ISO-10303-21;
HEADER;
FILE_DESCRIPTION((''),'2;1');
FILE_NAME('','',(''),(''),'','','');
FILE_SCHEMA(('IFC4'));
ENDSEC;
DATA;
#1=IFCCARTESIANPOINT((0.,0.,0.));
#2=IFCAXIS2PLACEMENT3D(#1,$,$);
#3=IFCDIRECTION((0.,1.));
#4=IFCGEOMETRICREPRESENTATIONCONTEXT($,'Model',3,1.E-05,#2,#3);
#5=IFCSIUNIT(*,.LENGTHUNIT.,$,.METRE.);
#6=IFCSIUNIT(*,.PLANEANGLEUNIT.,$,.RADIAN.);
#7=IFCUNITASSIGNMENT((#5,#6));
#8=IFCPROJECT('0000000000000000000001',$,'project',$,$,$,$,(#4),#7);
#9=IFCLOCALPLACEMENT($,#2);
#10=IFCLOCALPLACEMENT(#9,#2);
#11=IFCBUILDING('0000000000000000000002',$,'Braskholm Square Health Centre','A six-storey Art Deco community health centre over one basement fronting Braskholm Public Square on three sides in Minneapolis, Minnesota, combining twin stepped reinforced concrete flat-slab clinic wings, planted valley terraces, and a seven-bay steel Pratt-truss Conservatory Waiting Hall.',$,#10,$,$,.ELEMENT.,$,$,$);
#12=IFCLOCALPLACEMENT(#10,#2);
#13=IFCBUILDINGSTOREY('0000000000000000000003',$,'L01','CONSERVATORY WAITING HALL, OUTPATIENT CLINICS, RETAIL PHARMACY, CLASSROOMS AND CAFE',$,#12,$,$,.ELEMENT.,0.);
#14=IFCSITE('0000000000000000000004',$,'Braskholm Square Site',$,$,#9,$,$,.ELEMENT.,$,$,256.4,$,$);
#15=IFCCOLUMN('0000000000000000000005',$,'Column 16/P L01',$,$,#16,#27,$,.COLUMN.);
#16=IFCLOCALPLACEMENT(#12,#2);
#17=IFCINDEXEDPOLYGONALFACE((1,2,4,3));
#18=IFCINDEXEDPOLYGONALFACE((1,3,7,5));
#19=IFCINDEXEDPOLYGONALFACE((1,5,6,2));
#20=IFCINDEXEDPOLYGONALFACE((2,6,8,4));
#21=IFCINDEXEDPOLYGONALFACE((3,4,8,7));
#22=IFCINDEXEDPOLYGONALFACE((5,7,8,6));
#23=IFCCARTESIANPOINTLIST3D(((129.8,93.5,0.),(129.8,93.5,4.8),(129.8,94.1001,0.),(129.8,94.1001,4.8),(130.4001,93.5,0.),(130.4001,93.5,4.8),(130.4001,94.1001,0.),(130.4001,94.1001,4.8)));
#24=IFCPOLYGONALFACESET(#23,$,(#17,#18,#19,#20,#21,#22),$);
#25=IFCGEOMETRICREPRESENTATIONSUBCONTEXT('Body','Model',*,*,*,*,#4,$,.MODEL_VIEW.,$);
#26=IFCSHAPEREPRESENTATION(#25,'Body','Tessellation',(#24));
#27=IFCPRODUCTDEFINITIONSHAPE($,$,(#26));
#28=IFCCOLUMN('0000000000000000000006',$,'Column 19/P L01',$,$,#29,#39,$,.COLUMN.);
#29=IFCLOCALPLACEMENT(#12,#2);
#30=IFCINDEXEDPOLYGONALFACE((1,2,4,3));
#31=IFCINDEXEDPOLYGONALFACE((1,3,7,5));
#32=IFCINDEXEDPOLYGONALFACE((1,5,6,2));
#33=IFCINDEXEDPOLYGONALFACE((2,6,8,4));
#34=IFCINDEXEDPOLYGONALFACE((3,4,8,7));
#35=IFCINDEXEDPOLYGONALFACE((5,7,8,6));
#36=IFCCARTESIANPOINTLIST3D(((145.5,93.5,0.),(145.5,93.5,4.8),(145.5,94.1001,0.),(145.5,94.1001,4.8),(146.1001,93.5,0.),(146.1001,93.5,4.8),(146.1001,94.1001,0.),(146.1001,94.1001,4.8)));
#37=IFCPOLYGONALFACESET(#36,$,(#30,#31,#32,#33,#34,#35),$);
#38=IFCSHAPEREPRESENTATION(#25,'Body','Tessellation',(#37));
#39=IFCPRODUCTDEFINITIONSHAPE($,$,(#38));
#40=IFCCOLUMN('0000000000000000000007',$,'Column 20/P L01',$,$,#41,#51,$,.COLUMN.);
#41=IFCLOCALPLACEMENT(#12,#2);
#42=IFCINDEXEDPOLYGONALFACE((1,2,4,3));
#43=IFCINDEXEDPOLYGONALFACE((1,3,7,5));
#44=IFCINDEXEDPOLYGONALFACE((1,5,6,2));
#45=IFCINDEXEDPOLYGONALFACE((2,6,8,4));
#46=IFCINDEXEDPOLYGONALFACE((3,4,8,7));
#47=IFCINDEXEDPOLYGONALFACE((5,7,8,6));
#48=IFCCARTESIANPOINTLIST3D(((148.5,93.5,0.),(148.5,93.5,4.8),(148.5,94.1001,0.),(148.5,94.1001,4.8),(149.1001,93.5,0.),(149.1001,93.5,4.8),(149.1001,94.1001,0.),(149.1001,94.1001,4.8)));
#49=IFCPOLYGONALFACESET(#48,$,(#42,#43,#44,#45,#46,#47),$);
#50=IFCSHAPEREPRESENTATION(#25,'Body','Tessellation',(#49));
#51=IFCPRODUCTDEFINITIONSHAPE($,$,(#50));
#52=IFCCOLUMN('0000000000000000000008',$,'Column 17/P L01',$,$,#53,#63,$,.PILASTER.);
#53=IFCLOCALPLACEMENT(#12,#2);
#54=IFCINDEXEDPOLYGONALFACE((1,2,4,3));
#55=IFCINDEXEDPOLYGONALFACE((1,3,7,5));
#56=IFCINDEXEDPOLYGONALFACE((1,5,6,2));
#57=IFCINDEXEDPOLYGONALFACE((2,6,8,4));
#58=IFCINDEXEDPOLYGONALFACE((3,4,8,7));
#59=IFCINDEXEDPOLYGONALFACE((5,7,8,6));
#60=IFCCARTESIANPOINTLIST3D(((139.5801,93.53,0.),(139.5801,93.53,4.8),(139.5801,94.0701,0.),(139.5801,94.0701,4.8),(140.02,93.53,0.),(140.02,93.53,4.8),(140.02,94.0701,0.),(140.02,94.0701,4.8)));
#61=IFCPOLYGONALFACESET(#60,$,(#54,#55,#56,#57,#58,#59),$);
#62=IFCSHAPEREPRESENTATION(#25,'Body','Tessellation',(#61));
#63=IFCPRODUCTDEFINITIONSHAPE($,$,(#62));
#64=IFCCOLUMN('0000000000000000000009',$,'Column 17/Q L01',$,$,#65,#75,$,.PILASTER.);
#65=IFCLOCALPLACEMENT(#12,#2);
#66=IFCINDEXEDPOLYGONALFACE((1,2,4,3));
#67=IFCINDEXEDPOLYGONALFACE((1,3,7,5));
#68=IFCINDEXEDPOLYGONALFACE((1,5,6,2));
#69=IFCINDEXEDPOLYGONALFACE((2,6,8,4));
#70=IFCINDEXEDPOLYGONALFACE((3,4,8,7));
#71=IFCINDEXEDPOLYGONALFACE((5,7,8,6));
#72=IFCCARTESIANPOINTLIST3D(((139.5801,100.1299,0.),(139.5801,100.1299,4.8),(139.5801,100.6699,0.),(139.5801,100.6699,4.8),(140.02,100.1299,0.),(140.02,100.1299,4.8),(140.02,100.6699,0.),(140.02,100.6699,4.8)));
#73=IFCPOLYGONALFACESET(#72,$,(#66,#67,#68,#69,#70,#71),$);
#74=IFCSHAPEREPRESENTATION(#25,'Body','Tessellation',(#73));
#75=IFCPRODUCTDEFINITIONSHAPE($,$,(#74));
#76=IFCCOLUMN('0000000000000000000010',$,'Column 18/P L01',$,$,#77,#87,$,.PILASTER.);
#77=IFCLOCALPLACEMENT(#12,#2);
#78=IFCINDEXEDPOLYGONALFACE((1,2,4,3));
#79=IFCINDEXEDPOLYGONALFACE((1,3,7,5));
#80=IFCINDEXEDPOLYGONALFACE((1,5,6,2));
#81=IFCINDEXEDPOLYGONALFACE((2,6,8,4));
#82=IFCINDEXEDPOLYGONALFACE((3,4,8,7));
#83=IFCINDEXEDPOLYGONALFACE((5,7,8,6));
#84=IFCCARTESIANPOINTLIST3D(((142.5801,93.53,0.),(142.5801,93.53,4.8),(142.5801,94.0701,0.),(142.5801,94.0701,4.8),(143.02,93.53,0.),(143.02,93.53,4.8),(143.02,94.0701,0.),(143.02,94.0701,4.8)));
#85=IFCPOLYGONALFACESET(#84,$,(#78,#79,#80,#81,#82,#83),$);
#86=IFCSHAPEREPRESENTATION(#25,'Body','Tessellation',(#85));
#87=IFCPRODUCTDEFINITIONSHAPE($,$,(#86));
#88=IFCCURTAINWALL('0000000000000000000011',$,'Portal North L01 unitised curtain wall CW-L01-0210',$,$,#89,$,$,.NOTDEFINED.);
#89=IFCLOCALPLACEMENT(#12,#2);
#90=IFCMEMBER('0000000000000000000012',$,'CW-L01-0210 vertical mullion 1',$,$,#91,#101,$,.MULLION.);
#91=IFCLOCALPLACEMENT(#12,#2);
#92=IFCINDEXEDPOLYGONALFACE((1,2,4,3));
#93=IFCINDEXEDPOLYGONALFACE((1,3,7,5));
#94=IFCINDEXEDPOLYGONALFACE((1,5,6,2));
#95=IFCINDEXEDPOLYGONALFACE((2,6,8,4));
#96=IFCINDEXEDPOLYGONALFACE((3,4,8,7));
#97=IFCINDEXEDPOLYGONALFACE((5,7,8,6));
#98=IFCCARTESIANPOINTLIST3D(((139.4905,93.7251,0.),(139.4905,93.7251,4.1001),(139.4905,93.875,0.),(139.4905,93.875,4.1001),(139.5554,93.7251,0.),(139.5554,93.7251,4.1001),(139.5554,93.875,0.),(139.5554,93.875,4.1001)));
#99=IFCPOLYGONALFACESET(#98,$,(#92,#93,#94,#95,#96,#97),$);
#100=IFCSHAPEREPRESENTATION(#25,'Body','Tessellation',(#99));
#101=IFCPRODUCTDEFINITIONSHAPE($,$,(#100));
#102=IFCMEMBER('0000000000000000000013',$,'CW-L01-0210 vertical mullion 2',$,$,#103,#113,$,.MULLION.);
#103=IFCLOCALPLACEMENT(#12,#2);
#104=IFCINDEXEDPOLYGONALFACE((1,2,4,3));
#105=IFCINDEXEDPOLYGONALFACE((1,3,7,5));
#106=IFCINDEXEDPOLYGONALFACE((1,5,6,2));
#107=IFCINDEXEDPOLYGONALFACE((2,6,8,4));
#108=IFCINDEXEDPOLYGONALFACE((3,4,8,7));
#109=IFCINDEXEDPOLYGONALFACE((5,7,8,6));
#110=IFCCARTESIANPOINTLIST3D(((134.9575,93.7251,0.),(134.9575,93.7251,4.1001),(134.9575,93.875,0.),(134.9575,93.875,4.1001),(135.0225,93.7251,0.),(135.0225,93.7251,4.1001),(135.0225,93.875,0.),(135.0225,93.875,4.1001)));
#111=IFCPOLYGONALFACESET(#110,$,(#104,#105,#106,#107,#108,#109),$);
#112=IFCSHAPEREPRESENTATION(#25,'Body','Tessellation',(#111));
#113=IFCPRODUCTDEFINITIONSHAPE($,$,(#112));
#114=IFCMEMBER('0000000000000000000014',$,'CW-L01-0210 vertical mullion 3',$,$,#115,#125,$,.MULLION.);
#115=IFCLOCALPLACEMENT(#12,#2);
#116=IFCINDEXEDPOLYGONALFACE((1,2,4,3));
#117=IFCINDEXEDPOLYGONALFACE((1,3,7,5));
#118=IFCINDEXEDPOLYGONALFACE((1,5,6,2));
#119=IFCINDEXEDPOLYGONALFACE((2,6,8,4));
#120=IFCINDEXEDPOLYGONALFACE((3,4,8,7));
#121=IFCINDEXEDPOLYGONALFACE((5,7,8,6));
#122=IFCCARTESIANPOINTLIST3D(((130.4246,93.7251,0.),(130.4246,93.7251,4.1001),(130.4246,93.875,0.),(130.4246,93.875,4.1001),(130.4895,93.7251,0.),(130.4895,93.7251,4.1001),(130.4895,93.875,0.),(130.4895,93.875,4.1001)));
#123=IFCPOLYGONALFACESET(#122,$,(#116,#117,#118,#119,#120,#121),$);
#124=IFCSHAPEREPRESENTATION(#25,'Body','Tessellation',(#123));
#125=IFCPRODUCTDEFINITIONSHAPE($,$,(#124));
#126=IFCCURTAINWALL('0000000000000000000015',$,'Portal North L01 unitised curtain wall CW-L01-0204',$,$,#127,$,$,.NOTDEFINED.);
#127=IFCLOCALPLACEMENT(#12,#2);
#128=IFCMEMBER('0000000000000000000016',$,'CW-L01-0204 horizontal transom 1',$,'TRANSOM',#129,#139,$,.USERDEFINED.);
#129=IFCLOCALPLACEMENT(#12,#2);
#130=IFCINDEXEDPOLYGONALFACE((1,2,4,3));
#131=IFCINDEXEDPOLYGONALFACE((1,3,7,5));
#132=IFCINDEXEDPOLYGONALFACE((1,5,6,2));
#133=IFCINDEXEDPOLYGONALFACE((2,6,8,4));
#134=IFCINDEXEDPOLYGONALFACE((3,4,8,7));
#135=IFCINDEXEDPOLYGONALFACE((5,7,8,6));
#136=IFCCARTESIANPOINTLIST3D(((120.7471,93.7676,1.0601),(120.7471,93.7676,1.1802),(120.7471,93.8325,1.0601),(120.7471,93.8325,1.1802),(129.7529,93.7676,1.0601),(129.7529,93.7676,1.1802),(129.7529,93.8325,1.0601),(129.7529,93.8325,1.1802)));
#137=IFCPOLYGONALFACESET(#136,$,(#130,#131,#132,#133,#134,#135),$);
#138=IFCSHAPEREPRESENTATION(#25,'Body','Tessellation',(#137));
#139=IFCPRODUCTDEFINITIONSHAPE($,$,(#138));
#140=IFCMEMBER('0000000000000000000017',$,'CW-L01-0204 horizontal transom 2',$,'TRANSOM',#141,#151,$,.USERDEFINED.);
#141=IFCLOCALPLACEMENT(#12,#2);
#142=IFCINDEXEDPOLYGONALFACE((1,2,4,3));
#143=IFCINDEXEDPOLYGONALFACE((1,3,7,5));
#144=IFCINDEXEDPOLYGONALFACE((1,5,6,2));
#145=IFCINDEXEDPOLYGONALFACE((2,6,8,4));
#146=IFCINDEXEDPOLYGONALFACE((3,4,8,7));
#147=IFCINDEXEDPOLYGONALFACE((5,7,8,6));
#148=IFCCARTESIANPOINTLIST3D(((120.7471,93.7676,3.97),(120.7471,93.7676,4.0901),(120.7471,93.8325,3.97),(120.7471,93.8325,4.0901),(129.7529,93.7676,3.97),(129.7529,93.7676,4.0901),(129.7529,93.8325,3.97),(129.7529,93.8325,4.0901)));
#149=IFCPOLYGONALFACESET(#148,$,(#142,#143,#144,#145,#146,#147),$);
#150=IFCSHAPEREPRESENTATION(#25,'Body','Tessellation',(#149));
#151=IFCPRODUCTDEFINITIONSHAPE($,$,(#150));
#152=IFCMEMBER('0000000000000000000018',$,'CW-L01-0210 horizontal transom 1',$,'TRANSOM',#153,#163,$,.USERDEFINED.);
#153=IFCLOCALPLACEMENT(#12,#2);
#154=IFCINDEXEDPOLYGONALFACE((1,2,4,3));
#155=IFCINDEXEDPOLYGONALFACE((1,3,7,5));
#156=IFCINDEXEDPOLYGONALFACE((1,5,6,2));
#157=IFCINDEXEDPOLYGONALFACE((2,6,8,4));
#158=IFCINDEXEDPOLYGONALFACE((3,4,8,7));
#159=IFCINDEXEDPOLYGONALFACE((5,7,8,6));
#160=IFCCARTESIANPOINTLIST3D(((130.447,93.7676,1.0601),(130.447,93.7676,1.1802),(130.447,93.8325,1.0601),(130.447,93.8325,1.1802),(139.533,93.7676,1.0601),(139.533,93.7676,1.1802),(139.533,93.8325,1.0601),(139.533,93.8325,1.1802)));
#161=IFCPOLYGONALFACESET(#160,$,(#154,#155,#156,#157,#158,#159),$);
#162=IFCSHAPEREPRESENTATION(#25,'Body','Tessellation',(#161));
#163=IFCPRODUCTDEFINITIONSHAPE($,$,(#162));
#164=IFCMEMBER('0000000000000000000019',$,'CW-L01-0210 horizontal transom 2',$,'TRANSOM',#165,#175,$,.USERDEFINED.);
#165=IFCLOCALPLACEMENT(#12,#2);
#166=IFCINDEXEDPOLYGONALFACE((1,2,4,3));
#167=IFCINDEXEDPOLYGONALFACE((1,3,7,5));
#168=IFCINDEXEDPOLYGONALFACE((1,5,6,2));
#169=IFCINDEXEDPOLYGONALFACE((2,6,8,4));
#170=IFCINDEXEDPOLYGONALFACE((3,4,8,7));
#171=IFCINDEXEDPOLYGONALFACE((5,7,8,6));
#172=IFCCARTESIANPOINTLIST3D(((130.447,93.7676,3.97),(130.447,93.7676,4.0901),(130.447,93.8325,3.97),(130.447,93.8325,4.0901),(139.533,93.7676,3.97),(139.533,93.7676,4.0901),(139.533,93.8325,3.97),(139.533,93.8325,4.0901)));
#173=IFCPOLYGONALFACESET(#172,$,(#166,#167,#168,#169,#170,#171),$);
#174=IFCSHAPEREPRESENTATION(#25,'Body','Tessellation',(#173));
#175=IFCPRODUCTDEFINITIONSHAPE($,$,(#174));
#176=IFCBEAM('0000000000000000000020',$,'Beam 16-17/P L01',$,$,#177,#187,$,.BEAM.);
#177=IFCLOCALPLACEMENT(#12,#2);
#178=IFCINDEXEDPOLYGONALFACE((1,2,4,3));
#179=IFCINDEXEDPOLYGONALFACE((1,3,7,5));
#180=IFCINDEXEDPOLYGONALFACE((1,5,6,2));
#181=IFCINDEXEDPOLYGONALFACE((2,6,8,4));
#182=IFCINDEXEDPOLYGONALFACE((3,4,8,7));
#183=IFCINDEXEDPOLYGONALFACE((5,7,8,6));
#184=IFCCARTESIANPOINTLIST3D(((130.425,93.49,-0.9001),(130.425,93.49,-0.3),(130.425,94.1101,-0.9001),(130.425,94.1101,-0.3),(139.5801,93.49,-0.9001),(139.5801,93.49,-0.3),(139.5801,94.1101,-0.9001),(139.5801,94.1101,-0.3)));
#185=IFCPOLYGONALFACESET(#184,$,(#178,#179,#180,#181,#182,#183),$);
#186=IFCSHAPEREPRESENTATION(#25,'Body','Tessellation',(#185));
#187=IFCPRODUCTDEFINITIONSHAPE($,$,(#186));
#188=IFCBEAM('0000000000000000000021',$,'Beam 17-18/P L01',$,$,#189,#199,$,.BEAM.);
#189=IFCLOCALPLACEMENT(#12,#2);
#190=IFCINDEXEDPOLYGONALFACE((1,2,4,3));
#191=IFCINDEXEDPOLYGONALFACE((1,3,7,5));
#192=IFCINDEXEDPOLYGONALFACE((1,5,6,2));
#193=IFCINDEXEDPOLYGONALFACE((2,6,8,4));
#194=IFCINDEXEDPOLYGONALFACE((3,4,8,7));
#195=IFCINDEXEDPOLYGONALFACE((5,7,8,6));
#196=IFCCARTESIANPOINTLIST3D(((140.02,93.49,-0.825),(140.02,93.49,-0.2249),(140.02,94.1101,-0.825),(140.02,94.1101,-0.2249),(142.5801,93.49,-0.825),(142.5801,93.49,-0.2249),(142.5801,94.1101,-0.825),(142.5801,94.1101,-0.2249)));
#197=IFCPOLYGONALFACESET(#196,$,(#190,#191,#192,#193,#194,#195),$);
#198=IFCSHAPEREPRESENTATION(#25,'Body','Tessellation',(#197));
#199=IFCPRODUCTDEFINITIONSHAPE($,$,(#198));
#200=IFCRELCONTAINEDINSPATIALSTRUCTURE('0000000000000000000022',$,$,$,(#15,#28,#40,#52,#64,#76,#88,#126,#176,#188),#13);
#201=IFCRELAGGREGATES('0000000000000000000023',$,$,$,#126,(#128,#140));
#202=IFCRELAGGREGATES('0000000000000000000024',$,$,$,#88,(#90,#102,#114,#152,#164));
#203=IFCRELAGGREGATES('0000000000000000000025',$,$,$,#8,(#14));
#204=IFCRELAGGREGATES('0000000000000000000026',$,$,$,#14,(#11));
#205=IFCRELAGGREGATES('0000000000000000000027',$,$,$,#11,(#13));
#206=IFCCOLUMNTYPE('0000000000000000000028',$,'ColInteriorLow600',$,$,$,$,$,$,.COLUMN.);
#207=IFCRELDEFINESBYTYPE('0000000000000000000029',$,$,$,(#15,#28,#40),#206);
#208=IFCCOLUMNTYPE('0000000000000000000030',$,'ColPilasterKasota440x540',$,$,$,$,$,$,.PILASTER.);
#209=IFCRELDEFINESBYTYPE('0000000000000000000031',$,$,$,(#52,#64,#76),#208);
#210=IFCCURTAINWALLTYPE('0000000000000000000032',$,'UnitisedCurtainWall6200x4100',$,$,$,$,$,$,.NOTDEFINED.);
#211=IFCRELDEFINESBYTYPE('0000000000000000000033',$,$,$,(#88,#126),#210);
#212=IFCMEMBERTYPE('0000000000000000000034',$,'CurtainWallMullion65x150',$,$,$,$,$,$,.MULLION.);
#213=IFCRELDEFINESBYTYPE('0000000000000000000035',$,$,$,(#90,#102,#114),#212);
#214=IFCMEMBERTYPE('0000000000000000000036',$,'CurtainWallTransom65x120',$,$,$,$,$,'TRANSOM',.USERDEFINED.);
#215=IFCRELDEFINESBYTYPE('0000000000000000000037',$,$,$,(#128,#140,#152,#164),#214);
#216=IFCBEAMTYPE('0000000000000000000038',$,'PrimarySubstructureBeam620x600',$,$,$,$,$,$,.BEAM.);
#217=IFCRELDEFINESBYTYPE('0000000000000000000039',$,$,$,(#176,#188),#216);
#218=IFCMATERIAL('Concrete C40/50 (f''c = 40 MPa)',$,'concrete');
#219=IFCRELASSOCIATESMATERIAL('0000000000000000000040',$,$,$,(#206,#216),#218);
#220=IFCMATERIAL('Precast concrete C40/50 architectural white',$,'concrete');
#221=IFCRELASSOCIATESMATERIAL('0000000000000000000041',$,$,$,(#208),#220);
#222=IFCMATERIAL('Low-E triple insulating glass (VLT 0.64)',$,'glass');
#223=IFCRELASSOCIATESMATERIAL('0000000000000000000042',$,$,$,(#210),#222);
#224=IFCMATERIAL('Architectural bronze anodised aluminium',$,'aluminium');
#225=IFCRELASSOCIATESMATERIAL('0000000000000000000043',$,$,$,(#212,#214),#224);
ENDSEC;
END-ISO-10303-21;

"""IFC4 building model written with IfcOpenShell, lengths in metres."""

from ifc_helpers import new_model, si_unit, direction, frame, origin, origin_2d, place, context, subcontext, project, spatial, rectangle, extrude, material, material_profile, profile_set, type_object, element, aggregate, save


model = new_model("IFC4")

# Units and contexts
model_context = context("Model", 3, precision=1e-05, world=origin(), true_north=direction((0.0, 1.0)))
body_context = subcontext(model_context, "Body", "Model", "MODEL_VIEW")
ifc_project = project(units=[si_unit("LENGTHUNIT", "METRE"), si_unit("PLANEANGLEUNIT", "RADIAN")], contexts=[model_context])

# Site, building, storey
site_placement = place(None, origin())
site = spatial("IfcSite", under=ifc_project, at=site_placement, Name="Braskholm Square Site", CompositionType="ELEMENT", RefElevation=256.4)
building_placement = place(site_placement, origin())
building = spatial("IfcBuilding", under=site, at=building_placement, Name="Braskholm Square Health Centre", Description="A six-storey Art Deco community health centre over one basement fronting Braskholm Public Square on three sides in Minneapolis, Minnesota, combining twin stepped reinforced concrete flat-slab clinic wings, planted valley terraces, and a seven-bay steel Pratt-truss Conservatory Waiting Hall.", CompositionType="ELEMENT")
storey_placement = place(building_placement, origin())
storey = spatial("IfcBuildingStorey", under=building, at=storey_placement, Name="L01", Description="CONSERVATORY WAITING HALL, OUTPATIENT CLINICS, RETAIL PHARMACY, CLASSROOMS AND CAFE", CompositionType="ELEMENT", Elevation=0.0)

# Columns
ifc_material_1 = material(Name="Concrete C40/50 (f'c = 40 MPa)", Category="concrete")
ifc_material_profile_1 = material_profile(ifc_material_1, rectangle(XDim=0.6001, YDim=0.6001, at=origin_2d()), Name="RC-600X600")
ifc_profile_set_1 = profile_set([ifc_material_profile_1], Name="Concrete C40/50 (f'c = 40 MPa)")
column_type_1 = type_object("IfcColumnType", Name="ColInteriorLow600", PredefinedType="COLUMN", material=ifc_profile_set_1)
for number, where, z_axis, x_axis, name in (
    (1, (130.1001, 93.8, 0.0), (0.0, 0.0, 1.0), (1.0, 0.0, 0.0), "Column 16/P L01"),
    (2, (145.8, 93.8, 0.0), (0.0, 0.0, 1.0), (1.0, 0.0, 0.0), "Column 19/P L01"),
    (3, (148.8, 93.8, 0.0), (0.0, 0.0, 1.0), (1.0, 0.0, 0.0), "Column 20/P L01"),
):
    element("IfcColumn", number, at=place(storey_placement, frame(where, z_axis=z_axis, x_axis=x_axis)), inside=storey, type_object=column_type_1, Name=name, PredefinedType="COLUMN", context=body_context, shape_type="SweptSolid", body=[
        extrude(rectangle(XDim=0.6001, YDim=0.6001, at=origin_2d()), origin(), (0.0, 0.0, 1.0), 4.8),
    ])
ifc_material_2 = material(Name="Precast concrete C40/50 architectural white", Category="concrete")
ifc_material_profile_2 = material_profile(ifc_material_2, rectangle(XDim=0.4399, YDim=0.54, at=origin_2d()), Name="RC-440X540")
ifc_profile_set_2 = profile_set([ifc_material_profile_2], Name="Precast concrete C40/50 architectural white")
column_type_2 = type_object("IfcColumnType", Name="ColPilasterKasota440x540", PredefinedType="PILASTER", material=ifc_profile_set_2)
for number, where, z_axis, x_axis, name in (
    (4, (139.8, 93.8, 0.0), (0.0, 0.0, 1.0), (1.0, 0.0, 0.0), "Column 17/P L01"),
    (5, (139.8, 100.3999, 0.0), (0.0, 0.0, 1.0), (1.0, 0.0, 0.0), "Column 17/Q L01"),
    (6, (142.8, 93.8, 0.0), (0.0, 0.0, 1.0), (1.0, 0.0, 0.0), "Column 18/P L01"),
):
    element("IfcColumn", number, at=place(storey_placement, frame(where, z_axis=z_axis, x_axis=x_axis)), inside=storey, type_object=column_type_2, Name=name, PredefinedType="PILASTER", context=body_context, shape_type="SweptSolid", body=[
        extrude(rectangle(XDim=0.4399, YDim=0.54, at=origin_2d()), origin(), (0.0, 0.0, 1.0), 4.8),
    ])

# Curtain walls, members
ifc_material_3 = material(Name="Low-E triple insulating glass (VLT 0.64)", Category="glass")
curtain_wall_type = type_object("IfcCurtainWallType", Name="UnitisedCurtainWall6200x4100", PredefinedType="NOTDEFINED", material=ifc_material_3)
curtain_wall_1_placement = place(storey_placement, origin())
curtain_wall_1 = element("IfcCurtainWall", 7, at=curtain_wall_1_placement, inside=storey, type_object=curtain_wall_type, Name="Portal North L01 unitised curtain wall CW-L01-0210", PredefinedType="NOTDEFINED")
ifc_material_4 = material(Name="Architectural bronze anodised aluminium", Category="aluminium")
ifc_material_profile_3 = material_profile(ifc_material_4, rectangle(XDim=0.0649, YDim=0.1499, at=origin_2d()), Name="ALU-65X150")
ifc_profile_set_3 = profile_set([ifc_material_profile_3], Name="Architectural bronze anodised aluminium")
member_type_1 = type_object("IfcMemberType", Name="CurtainWallMullion65x150", PredefinedType="MULLION", material=ifc_profile_set_3)
member_1_placement = place(storey_placement, frame((139.5229, 93.8, 0.0), z_axis=(0.0, 0.0, 1.0), x_axis=(1.0, 0.0, 0.0)))
member_1 = element("IfcMember", 8, at=member_1_placement, type_object=member_type_1, Name="CW-L01-0210 vertical mullion 1", PredefinedType="MULLION", context=body_context, shape_type="SweptSolid", body=[
    extrude(rectangle(XDim=0.0649, YDim=0.1499, at=origin_2d()), origin(), (0.0, 0.0, 1.0), 4.1001),
])
member_2_placement = place(storey_placement, frame((134.99, 93.8, 0.0), z_axis=(0.0, 0.0, 1.0), x_axis=(1.0, 0.0, 0.0)))
member_2 = element("IfcMember", 9, at=member_2_placement, type_object=member_type_1, Name="CW-L01-0210 vertical mullion 2", PredefinedType="MULLION", context=body_context, shape_type="SweptSolid", body=[
    extrude(rectangle(XDim=0.0649, YDim=0.1499, at=origin_2d()), origin(), (0.0, 0.0, 1.0), 4.1001),
])
member_3_placement = place(storey_placement, frame((130.457, 93.8, 0.0), z_axis=(0.0, 0.0, 1.0), x_axis=(1.0, 0.0, 0.0)))
member_3 = element("IfcMember", 10, at=member_3_placement, type_object=member_type_1, Name="CW-L01-0210 vertical mullion 3", PredefinedType="MULLION", context=body_context, shape_type="SweptSolid", body=[
    extrude(rectangle(XDim=0.0649, YDim=0.1499, at=origin_2d()), origin(), (0.0, 0.0, 1.0), 4.1001),
])
curtain_wall_2_placement = place(storey_placement, origin())
curtain_wall_2 = element("IfcCurtainWall", 11, at=curtain_wall_2_placement, inside=storey, type_object=curtain_wall_type, Name="Portal North L01 unitised curtain wall CW-L01-0204", PredefinedType="NOTDEFINED")
ifc_material_profile_4 = material_profile(ifc_material_4, rectangle(XDim=0.0649, YDim=0.1201, at=origin_2d()), Name="ALU-65X120")
ifc_profile_set_4 = profile_set([ifc_material_profile_4], Name="Architectural bronze anodised aluminium")
member_type_2 = type_object("IfcMemberType", Name="CurtainWallTransom65x120", ElementType="TRANSOM", PredefinedType="USERDEFINED", material=ifc_profile_set_4)
member_4_placement = place(storey_placement, frame((129.7529, 93.8, 1.1201), z_axis=(-1.0, 0.0, 0.0), x_axis=(0.0, -1.0, 0.0)))
member_4 = element("IfcMember", 12, at=member_4_placement, type_object=member_type_2, Name="CW-L01-0204 horizontal transom 1", ObjectType="TRANSOM", PredefinedType="USERDEFINED", context=body_context, shape_type="SweptSolid", body=[
    extrude(rectangle(XDim=0.0649, YDim=0.1201, at=origin_2d()), origin(), (0.0, 0.0, 1.0), 9.0059),
])
member_5_placement = place(storey_placement, frame((129.7529, 93.8, 4.03), z_axis=(-1.0, 0.0, 0.0), x_axis=(0.0, -1.0, 0.0)))
member_5 = element("IfcMember", 13, at=member_5_placement, type_object=member_type_2, Name="CW-L01-0204 horizontal transom 2", ObjectType="TRANSOM", PredefinedType="USERDEFINED", context=body_context, shape_type="SweptSolid", body=[
    extrude(rectangle(XDim=0.0649, YDim=0.1201, at=origin_2d()), origin(), (0.0, 0.0, 1.0), 9.0059),
])
aggregate(curtain_wall_2, [member_4, member_5])

# Members
member_6_placement = place(storey_placement, frame((139.533, 93.8, 1.1201), z_axis=(-1.0, 0.0, 0.0), x_axis=(0.0, -1.0, 0.0)))
member_6 = element("IfcMember", 14, at=member_6_placement, type_object=member_type_2, Name="CW-L01-0210 horizontal transom 1", ObjectType="TRANSOM", PredefinedType="USERDEFINED", context=body_context, shape_type="SweptSolid", body=[
    extrude(rectangle(XDim=0.0649, YDim=0.1201, at=origin_2d()), origin(), (0.0, 0.0, 1.0), 9.0859),
])
member_7_placement = place(storey_placement, frame((139.533, 93.8, 4.03), z_axis=(-1.0, 0.0, 0.0), x_axis=(0.0, -1.0, 0.0)))
member_7 = element("IfcMember", 15, at=member_7_placement, type_object=member_type_2, Name="CW-L01-0210 horizontal transom 2", ObjectType="TRANSOM", PredefinedType="USERDEFINED", context=body_context, shape_type="SweptSolid", body=[
    extrude(rectangle(XDim=0.0649, YDim=0.1201, at=origin_2d()), origin(), (0.0, 0.0, 1.0), 9.0859),
])

# Beams
ifc_material_profile_5 = material_profile(ifc_material_1, rectangle(XDim=0.6201, YDim=0.6001, at=origin_2d()), Name="RCB-620X600")
ifc_profile_set_5 = profile_set([ifc_material_profile_5], Name="Concrete C40/50 (f'c = 40 MPa)")
beam_type_1 = type_object("IfcBeamType", Name="PrimarySubstructureBeam620x600", PredefinedType="BEAM", material=ifc_profile_set_5)
beam_1_placement = place(storey_placement, frame((130.425, 93.8, -0.6001), z_axis=(1.0, 0.0, 0.0), x_axis=(0.0, 1.0, 0.0)))
element("IfcBeam", 16, at=beam_1_placement, inside=storey, type_object=beam_type_1, Name="Beam 16-17/P L01", PredefinedType="BEAM", context=body_context, shape_type="SweptSolid", body=[
    extrude(rectangle(XDim=0.6201, YDim=0.6001, at=origin_2d()), origin(), (0.0, 0.0, 1.0), 9.155),
])
beam_2_placement = place(storey_placement, frame((140.02, 93.8, -0.5249), z_axis=(1.0, 0.0, 0.0), x_axis=(0.0, 1.0, 0.0)))
element("IfcBeam", 17, at=beam_2_placement, inside=storey, type_object=beam_type_1, Name="Beam 17-18/P L01", PredefinedType="BEAM", context=body_context, shape_type="SweptSolid", body=[
    extrude(rectangle(XDim=0.6201, YDim=0.6001, at=origin_2d()), origin(), (0.0, 0.0, 1.0), 2.5601),
])

aggregate(curtain_wall_1, [member_1, member_2, member_3, member_6, member_7])

save(model, "model.ifc")
